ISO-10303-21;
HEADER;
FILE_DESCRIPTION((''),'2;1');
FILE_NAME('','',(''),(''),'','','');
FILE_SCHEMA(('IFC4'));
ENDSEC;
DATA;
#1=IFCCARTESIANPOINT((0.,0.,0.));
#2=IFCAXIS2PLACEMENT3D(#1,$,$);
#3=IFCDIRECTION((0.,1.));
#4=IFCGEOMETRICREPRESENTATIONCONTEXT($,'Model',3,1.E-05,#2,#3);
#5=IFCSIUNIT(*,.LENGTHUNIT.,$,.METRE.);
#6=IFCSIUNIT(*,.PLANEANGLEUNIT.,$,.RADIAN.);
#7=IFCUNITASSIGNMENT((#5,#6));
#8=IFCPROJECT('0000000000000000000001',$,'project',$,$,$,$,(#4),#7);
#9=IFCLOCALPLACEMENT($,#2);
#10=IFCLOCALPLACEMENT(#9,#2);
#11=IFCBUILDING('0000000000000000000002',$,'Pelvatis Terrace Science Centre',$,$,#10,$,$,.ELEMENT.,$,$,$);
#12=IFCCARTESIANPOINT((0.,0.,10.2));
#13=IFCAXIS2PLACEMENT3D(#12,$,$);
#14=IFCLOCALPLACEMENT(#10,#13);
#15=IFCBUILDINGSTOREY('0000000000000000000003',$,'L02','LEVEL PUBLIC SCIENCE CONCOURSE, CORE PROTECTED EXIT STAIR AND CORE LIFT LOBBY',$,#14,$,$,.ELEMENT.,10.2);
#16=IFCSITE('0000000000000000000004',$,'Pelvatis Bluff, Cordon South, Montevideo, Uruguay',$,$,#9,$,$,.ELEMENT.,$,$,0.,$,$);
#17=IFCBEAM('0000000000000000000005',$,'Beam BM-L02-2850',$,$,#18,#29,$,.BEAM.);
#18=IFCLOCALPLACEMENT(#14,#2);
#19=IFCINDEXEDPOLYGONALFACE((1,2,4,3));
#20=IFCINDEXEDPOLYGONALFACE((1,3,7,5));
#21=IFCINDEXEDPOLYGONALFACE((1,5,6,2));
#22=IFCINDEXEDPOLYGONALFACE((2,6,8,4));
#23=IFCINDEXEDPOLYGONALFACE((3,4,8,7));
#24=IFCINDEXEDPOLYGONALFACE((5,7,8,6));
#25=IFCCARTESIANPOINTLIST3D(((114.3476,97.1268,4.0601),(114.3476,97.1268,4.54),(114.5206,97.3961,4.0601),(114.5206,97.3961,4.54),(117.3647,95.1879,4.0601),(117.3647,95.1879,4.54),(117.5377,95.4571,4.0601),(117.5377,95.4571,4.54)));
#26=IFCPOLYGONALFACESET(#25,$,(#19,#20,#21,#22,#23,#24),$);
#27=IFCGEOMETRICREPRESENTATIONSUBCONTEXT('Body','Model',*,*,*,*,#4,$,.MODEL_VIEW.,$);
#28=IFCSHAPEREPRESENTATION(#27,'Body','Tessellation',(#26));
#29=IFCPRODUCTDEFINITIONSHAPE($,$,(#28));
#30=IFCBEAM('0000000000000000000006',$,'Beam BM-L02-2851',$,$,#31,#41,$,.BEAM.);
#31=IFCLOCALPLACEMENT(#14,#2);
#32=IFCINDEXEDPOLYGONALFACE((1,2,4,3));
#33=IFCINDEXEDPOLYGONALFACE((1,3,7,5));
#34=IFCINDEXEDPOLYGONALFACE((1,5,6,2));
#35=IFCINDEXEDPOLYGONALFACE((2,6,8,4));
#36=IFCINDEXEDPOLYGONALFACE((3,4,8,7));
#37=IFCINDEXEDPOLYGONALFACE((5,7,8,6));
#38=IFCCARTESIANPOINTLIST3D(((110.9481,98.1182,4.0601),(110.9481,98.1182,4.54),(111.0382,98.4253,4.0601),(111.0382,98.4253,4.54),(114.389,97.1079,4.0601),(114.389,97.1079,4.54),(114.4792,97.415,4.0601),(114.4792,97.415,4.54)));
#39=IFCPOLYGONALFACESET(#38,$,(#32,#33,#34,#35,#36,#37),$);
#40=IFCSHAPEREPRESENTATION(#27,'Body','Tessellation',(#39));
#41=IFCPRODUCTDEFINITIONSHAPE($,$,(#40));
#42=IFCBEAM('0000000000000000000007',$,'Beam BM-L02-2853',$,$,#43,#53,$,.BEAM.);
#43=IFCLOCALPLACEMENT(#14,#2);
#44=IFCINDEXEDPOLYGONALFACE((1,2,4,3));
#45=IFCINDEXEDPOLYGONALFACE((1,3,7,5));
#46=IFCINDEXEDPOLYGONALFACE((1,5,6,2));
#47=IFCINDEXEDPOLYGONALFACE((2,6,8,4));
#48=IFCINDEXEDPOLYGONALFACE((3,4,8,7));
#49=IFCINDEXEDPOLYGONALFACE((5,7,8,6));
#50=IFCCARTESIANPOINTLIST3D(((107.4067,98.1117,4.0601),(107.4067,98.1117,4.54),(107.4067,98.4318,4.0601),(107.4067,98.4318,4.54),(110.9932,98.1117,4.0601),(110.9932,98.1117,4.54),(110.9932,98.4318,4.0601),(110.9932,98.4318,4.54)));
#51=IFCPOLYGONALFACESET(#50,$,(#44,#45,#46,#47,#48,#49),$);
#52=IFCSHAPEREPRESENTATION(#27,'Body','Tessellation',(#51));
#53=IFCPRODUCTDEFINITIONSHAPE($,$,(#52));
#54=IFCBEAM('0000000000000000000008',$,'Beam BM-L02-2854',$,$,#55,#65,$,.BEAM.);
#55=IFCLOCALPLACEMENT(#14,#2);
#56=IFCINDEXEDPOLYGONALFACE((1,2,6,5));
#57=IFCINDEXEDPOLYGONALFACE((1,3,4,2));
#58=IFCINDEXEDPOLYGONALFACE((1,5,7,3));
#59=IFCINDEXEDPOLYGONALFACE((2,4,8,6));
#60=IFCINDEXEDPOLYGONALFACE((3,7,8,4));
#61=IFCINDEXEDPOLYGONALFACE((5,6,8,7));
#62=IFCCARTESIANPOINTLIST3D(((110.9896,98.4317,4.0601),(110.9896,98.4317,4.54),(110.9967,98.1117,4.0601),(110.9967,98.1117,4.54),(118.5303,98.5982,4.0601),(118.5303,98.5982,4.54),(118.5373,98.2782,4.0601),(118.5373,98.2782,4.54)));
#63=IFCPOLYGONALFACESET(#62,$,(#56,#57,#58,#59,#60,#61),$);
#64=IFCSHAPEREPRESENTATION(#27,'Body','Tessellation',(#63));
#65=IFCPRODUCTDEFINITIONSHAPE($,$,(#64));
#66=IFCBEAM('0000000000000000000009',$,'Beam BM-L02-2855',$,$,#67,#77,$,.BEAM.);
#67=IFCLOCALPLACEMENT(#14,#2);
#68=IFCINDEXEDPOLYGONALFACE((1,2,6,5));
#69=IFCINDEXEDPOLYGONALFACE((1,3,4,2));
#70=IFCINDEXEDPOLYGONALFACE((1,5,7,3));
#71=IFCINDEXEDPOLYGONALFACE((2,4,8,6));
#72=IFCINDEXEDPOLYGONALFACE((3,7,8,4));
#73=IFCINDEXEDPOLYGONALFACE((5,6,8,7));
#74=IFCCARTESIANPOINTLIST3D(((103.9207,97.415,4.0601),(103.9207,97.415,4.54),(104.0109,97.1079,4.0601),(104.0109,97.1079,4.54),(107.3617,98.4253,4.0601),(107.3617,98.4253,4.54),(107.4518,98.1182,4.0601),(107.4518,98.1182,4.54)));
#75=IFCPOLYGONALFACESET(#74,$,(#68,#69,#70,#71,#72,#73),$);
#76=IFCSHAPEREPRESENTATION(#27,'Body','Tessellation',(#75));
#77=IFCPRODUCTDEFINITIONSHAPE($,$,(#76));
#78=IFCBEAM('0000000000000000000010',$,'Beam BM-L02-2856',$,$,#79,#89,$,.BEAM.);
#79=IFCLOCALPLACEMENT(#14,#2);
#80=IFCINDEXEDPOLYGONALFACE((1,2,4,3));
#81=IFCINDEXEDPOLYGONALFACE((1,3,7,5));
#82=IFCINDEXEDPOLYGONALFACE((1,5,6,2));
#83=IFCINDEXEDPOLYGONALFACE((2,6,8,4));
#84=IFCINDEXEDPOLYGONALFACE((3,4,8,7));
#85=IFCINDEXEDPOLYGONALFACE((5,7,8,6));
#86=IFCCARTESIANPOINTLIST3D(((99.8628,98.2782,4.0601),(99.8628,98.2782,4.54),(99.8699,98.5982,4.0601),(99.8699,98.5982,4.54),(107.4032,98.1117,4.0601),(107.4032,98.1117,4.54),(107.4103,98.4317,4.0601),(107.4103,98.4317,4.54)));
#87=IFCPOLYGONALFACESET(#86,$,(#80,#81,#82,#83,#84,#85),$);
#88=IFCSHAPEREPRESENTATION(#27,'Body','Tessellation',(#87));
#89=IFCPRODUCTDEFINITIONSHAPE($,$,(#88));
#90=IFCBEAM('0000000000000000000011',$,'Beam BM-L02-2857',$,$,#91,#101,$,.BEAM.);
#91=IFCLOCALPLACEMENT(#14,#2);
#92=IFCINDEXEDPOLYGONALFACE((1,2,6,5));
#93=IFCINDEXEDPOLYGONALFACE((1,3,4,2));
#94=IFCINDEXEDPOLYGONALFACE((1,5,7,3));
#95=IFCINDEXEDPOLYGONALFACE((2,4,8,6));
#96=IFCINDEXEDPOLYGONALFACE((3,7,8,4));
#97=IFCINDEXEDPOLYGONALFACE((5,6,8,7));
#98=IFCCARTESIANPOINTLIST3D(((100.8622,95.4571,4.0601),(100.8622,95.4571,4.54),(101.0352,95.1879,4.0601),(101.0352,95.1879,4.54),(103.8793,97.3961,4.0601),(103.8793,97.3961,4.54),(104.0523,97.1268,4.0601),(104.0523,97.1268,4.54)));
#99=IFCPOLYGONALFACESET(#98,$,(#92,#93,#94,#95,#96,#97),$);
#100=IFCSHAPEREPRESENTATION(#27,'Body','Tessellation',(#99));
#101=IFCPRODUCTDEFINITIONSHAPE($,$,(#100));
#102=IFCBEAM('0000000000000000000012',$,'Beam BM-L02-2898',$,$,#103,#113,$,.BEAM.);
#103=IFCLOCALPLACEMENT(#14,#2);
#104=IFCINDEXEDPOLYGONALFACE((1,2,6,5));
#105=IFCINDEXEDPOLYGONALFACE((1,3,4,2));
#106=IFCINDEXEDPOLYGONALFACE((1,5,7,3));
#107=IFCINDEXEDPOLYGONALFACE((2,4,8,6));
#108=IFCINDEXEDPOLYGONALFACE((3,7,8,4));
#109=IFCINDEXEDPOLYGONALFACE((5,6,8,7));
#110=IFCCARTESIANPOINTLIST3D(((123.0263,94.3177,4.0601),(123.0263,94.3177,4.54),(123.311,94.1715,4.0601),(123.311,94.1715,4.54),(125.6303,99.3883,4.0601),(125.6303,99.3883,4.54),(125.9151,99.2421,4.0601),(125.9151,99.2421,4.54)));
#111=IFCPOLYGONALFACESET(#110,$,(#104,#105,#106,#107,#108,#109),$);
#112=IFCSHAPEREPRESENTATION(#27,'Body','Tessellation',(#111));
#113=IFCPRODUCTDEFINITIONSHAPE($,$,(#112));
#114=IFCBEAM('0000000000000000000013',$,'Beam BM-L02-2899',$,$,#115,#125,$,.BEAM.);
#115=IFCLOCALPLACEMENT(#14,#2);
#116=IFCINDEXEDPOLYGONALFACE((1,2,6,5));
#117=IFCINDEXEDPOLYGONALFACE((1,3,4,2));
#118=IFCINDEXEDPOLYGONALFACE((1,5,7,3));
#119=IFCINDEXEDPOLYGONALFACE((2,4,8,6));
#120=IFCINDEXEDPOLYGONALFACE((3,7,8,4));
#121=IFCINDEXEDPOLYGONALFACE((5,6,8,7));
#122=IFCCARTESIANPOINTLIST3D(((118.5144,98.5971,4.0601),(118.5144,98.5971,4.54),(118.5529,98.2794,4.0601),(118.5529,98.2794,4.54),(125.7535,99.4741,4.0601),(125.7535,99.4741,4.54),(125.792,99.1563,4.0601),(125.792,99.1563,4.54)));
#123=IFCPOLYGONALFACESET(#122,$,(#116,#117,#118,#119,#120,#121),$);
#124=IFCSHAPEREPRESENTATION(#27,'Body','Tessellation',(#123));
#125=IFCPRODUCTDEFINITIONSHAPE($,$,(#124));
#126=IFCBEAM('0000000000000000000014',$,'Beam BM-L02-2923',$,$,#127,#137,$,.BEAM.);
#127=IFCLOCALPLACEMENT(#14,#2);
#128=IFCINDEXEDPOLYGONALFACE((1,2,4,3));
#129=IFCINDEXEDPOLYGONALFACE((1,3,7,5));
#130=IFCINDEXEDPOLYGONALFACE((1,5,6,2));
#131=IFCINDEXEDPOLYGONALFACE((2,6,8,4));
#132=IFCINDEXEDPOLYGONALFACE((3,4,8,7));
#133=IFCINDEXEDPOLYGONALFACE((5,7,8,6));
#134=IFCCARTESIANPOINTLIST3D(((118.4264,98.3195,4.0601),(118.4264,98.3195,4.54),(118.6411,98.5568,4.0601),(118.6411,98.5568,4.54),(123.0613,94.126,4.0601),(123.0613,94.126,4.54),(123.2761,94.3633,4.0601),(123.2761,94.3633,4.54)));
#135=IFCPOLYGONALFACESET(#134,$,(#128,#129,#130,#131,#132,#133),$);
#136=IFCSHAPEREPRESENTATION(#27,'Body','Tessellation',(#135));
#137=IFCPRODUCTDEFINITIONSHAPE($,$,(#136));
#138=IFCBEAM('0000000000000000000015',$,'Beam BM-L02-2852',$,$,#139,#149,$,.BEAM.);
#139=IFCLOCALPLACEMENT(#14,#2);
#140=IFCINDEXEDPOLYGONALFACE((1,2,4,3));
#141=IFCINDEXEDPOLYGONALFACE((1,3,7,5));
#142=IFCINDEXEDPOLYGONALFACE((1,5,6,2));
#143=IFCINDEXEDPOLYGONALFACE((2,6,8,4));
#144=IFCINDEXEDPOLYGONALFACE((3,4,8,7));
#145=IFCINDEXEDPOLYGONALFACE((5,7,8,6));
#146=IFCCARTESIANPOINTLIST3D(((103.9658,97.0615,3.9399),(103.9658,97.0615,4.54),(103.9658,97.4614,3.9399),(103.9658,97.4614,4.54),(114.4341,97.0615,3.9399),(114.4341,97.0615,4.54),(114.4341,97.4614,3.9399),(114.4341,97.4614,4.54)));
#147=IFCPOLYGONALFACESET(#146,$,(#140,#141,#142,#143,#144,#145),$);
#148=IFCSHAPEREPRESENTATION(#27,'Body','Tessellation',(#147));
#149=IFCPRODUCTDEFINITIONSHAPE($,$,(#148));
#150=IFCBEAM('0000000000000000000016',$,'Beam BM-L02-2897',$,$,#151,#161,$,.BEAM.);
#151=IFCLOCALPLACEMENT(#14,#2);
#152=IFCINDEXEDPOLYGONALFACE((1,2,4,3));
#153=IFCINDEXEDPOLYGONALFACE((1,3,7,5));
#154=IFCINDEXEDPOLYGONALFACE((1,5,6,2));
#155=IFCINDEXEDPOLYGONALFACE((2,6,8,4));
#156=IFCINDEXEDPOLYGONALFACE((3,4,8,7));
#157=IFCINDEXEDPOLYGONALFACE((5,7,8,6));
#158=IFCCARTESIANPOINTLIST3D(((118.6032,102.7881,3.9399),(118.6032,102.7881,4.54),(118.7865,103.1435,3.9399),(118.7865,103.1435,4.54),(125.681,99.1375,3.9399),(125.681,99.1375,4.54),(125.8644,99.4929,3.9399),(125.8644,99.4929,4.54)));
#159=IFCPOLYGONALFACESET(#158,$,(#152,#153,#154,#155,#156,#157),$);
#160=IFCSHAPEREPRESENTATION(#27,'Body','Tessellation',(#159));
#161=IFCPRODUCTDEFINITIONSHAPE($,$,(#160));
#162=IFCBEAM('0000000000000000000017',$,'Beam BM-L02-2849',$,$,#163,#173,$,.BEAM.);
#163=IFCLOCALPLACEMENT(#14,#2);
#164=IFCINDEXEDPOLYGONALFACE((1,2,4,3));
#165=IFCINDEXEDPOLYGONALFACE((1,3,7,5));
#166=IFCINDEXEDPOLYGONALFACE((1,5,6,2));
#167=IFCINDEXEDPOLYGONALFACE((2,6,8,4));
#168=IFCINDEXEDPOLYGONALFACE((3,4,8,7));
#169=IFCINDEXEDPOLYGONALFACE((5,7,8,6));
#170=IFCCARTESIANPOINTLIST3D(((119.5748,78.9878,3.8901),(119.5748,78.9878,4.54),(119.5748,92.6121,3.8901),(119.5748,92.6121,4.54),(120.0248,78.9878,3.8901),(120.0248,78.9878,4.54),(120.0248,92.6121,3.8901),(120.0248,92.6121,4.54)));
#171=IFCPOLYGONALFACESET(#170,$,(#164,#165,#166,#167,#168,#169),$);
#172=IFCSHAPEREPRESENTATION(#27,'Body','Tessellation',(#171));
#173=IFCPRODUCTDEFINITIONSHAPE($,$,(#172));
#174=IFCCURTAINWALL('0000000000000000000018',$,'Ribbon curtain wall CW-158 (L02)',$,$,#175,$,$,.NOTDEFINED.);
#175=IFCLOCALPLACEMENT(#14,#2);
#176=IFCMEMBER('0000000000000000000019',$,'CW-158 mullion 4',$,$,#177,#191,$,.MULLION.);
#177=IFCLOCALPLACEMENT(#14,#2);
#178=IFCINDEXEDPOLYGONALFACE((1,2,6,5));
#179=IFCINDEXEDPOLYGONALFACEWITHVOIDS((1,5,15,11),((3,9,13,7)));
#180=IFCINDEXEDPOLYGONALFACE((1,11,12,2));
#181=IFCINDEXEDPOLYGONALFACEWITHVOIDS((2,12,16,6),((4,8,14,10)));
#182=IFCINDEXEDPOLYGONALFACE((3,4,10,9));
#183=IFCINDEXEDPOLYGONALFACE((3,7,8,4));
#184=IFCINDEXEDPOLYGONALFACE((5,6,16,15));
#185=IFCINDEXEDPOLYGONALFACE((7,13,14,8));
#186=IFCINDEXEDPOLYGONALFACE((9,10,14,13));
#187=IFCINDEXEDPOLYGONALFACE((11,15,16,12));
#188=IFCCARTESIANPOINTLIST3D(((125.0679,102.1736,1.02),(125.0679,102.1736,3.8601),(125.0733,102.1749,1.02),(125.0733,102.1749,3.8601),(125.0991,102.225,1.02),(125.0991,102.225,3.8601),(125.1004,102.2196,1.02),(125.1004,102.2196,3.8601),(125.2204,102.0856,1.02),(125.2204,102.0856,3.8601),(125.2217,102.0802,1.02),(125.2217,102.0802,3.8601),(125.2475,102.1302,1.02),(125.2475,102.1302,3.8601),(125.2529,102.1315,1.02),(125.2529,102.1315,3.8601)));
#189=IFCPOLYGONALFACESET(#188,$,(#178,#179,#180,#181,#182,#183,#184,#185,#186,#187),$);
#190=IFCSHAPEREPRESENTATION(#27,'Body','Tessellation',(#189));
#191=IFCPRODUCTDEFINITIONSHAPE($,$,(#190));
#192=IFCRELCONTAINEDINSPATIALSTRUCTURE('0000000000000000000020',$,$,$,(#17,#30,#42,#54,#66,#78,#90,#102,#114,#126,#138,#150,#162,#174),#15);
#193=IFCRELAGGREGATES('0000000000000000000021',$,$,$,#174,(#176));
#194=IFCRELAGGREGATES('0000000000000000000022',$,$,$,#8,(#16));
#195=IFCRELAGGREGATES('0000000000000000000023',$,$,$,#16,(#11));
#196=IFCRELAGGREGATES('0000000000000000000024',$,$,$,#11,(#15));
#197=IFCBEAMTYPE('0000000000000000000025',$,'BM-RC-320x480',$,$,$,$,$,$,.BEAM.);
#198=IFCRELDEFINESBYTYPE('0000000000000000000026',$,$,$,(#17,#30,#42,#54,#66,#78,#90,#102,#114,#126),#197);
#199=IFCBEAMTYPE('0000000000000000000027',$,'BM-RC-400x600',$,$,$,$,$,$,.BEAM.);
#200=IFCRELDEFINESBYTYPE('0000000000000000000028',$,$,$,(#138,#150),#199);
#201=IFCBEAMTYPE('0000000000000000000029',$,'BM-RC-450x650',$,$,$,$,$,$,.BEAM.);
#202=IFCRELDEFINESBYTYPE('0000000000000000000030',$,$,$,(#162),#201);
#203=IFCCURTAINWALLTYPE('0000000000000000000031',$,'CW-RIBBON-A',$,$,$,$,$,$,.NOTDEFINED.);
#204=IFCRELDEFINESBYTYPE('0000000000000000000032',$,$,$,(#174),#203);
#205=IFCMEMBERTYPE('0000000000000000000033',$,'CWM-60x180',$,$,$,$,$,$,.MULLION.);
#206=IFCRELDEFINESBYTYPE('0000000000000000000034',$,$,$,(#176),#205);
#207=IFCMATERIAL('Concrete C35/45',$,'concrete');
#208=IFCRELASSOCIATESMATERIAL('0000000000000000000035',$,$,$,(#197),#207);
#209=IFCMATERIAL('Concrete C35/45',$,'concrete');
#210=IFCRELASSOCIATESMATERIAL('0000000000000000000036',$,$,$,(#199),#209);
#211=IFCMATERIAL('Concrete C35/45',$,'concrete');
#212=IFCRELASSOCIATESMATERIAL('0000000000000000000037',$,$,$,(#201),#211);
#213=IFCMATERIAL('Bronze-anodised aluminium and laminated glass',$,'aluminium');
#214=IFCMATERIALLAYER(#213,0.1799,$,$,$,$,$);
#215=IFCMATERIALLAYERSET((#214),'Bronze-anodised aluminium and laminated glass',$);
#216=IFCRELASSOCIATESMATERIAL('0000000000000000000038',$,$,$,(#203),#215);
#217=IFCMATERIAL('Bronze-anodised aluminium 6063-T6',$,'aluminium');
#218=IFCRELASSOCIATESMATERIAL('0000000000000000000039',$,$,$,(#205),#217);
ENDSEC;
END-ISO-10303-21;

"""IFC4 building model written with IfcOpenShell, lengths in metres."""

from ifc_helpers import new_model, si_unit, direction, frame, origin, origin_2d, place, context, subcontext, project, spatial, rectangle, hollow_rectangle, extrude, material, layer, layer_set, material_profile, profile_set, type_object, element, aggregate, save


model = new_model("IFC4")

# Units and contexts
model_context = context("Model", 3, precision=1e-05, world=origin(), true_north=direction((0.0, 1.0)))
body_context = subcontext(model_context, "Body", "Model", "MODEL_VIEW")
ifc_project = project(units=[si_unit("LENGTHUNIT", "METRE"), si_unit("PLANEANGLEUNIT", "RADIAN")], contexts=[model_context])

# Site, building, storey
site_placement = place(None, origin())
site = spatial("IfcSite", under=ifc_project, at=site_placement, Name="Pelvatis Bluff, Cordon South, Montevideo, Uruguay", CompositionType="ELEMENT", RefElevation=0.0)
building_placement = place(site_placement, origin())
building = spatial("IfcBuilding", under=site, at=building_placement, Name="Pelvatis Terrace Science Centre", CompositionType="ELEMENT")
storey_placement = place(building_placement, frame((0.0, 0.0, 10.2)))
storey = spatial("IfcBuildingStorey", under=building, at=storey_placement, Name="L02", Description="LEVEL PUBLIC SCIENCE CONCOURSE, CORE PROTECTED EXIT STAIR AND CORE LIFT LOBBY", CompositionType="ELEMENT", Elevation=10.2)

# Beams
ifc_material_1 = material(Name="Concrete C35/45", Category="concrete")
ifc_material_profile_1 = material_profile(ifc_material_1, rectangle(XDim=0.3201, YDim=0.48, at=origin_2d()), Name="RC-BM 320x480")
ifc_profile_set_1 = profile_set([ifc_material_profile_1], Name="Concrete C35/45")
beam_type_1 = type_object("IfcBeamType", Name="BM-RC-320x480", PredefinedType="BEAM", material=ifc_profile_set_1)
beam_1_placement = place(storey_placement, frame((117.4512, 95.3225, 4.3), z_axis=(-0.841254, 0.540641, 0.0), x_axis=(-0.540641, -0.841254, 0.0)))
element("IfcBeam", 1, at=beam_1_placement, inside=storey, type_object=beam_type_1, Name="Beam BM-L02-2850", PredefinedType="BEAM", context=body_context, shape_type="SweptSolid", body=[
    extrude(rectangle(XDim=0.3201, YDim=0.48, at=origin_2d()), origin(), (0.0, 0.0, 1.0), 3.5864),
])
beam_2_placement = place(storey_placement, frame((114.4341, 97.2615, 4.3), z_axis=(-0.9595, 0.281709, 0.0), x_axis=(-0.281709, -0.9595, 0.0)))
element("IfcBeam", 2, at=beam_2_placement, inside=storey, type_object=beam_type_1, Name="Beam BM-L02-2851", PredefinedType="BEAM", context=body_context, shape_type="SweptSolid", body=[
    extrude(rectangle(XDim=0.3201, YDim=0.48, at=origin_2d()), origin(), (0.0, 0.0, 1.0), 3.5862),
])
beam_3_placement = place(storey_placement, frame((110.9932, 98.2717, 4.3), z_axis=(-1.0, 0.0, 0.0), x_axis=(0.0, -1.0, 0.0)))
element("IfcBeam", 3, at=beam_3_placement, inside=storey, type_object=beam_type_1, Name="Beam BM-L02-2853", PredefinedType="BEAM", context=body_context, shape_type="SweptSolid", body=[
    extrude(rectangle(XDim=0.3201, YDim=0.48, at=origin_2d()), origin(), (0.0, 0.0, 1.0), 3.5864),
])
beam_4_placement = place(storey_placement, frame((110.9932, 98.2717, 4.3), z_axis=(0.999756, 0.022076, 0.0), x_axis=(-0.022076, 0.999756, 0.0)))
element("IfcBeam", 4, at=beam_4_placement, inside=storey, type_object=beam_type_1, Name="Beam BM-L02-2854", PredefinedType="BEAM", context=body_context, shape_type="SweptSolid", body=[
    extrude(rectangle(XDim=0.3201, YDim=0.48, at=origin_2d()), origin(), (0.0, 0.0, 1.0), 7.5425),
])
beam_5_placement = place(storey_placement, frame((107.4067, 98.2717, 4.3), z_axis=(-0.9595, -0.281709, 0.0), x_axis=(0.281709, -0.9595, 0.0)))
element("IfcBeam", 5, at=beam_5_placement, inside=storey, type_object=beam_type_1, Name="Beam BM-L02-2855", PredefinedType="BEAM", context=body_context, shape_type="SweptSolid", body=[
    extrude(rectangle(XDim=0.3201, YDim=0.48, at=origin_2d()), origin(), (0.0, 0.0, 1.0), 3.5862),
])
beam_6_placement = place(storey_placement, frame((107.4067, 98.2717, 4.3), z_axis=(-0.999756, 0.022077, 0.0), x_axis=(-0.022077, -0.999756, 0.0)))
element("IfcBeam", 6, at=beam_6_placement, inside=storey, type_object=beam_type_1, Name="Beam BM-L02-2856", PredefinedType="BEAM", context=body_context, shape_type="SweptSolid", body=[
    extrude(rectangle(XDim=0.3201, YDim=0.48, at=origin_2d()), origin(), (0.0, 0.0, 1.0), 7.5422),
])
beam_7_placement = place(storey_placement, frame((103.9658, 97.2615, 4.3), z_axis=(-0.841254, -0.540641, 0.0), x_axis=(0.540641, -0.841254, 0.0)))
element("IfcBeam", 7, at=beam_7_placement, inside=storey, type_object=beam_type_1, Name="Beam BM-L02-2857", PredefinedType="BEAM", context=body_context, shape_type="SweptSolid", body=[
    extrude(rectangle(XDim=0.3201, YDim=0.48, at=origin_2d()), origin(), (0.0, 0.0, 1.0), 3.5864),
])
beam_8_placement = place(storey_placement, frame((125.7727, 99.3152, 4.3), z_axis=(-0.456833, -0.889552, 0.0), x_axis=(0.889552, -0.456833, 0.0)))
element("IfcBeam", 8, at=beam_8_placement, inside=storey, type_object=beam_type_1, Name="Beam BM-L02-2898", PredefinedType="BEAM", context=body_context, shape_type="SweptSolid", body=[
    extrude(rectangle(XDim=0.3201, YDim=0.48, at=origin_2d()), origin(), (0.0, 0.0, 1.0), 5.7002),
])
beam_9_placement = place(storey_placement, frame((125.7727, 99.3152, 4.3), z_axis=(-0.992742, -0.120263, 0.0), x_axis=(0.120263, -0.992742, 0.0)))
element("IfcBeam", 9, at=beam_9_placement, inside=storey, type_object=beam_type_1, Name="Beam BM-L02-2899", PredefinedType="BEAM", context=body_context, shape_type="SweptSolid", body=[
    extrude(rectangle(XDim=0.3201, YDim=0.48, at=origin_2d()), origin(), (0.0, 0.0, 1.0), 7.292),
])
beam_10_placement = place(storey_placement, frame((123.1687, 94.2446, 4.3), z_axis=(-0.741534, 0.670915, 0.0), x_axis=(-0.670915, -0.741534, 0.0)))
element("IfcBeam", 10, at=beam_10_placement, inside=storey, type_object=beam_type_1, Name="Beam BM-L02-2923", PredefinedType="BEAM", context=body_context, shape_type="SweptSolid", body=[
    extrude(rectangle(XDim=0.3201, YDim=0.48, at=origin_2d()), origin(), (0.0, 0.0, 1.0), 6.2505),
])
ifc_material_2 = material(Name="Concrete C35/45", Category="concrete")
ifc_material_profile_2 = material_profile(ifc_material_2, rectangle(XDim=0.3999, YDim=0.6001, at=origin_2d()), Name="RC-BM 400x600")
ifc_profile_set_2 = profile_set([ifc_material_profile_2], Name="Concrete C35/45")
beam_type_2 = type_object("IfcBeamType", Name="BM-RC-400x600", PredefinedType="BEAM", material=ifc_profile_set_2)
beam_11_placement = place(storey_placement, frame((114.4341, 97.2615, 4.24), z_axis=(-1.0, 0.0, 0.0), x_axis=(0.0, -1.0, 0.0)))
element("IfcBeam", 11, at=beam_11_placement, inside=storey, type_object=beam_type_2, Name="Beam BM-L02-2852", PredefinedType="BEAM", context=body_context, shape_type="SweptSolid", body=[
    extrude(rectangle(XDim=0.3999, YDim=0.6001, at=origin_2d()), origin(), (0.0, 0.0, 1.0), 10.4683),
])
beam_12_placement = place(storey_placement, frame((125.7727, 99.3152, 4.24), z_axis=(-0.888747, 0.458398, 0.0), x_axis=(-0.458398, -0.888747, 0.0)))
element("IfcBeam", 12, at=beam_12_placement, inside=storey, type_object=beam_type_2, Name="Beam BM-L02-2897", PredefinedType="BEAM", context=body_context, shape_type="SweptSolid", body=[
    extrude(rectangle(XDim=0.3999, YDim=0.6001, at=origin_2d()), origin(), (0.0, 0.0, 1.0), 7.9639),
])
ifc_material_3 = material(Name="Concrete C35/45", Category="concrete")
ifc_material_profile_3 = material_profile(ifc_material_3, rectangle(XDim=0.45, YDim=0.6499, at=origin_2d()), Name="RC-BM 450x650")
ifc_profile_set_3 = profile_set([ifc_material_profile_3], Name="Concrete C35/45")
beam_type_3 = type_object("IfcBeamType", Name="BM-RC-450x650", PredefinedType="BEAM", material=ifc_profile_set_3)
beam_13_placement = place(storey_placement, frame((119.7998, 92.6121, 4.2151), z_axis=(0.0, -1.0, 0.0), x_axis=(1.0, 0.0, 0.0)))
element("IfcBeam", 13, at=beam_13_placement, inside=storey, type_object=beam_type_3, Name="Beam BM-L02-2849", PredefinedType="BEAM", context=body_context, shape_type="SweptSolid", body=[
    extrude(rectangle(XDim=0.45, YDim=0.6499, at=origin_2d()), origin(), (0.0, 0.0, 1.0), 13.6243),
])

# Curtain wall, member
ifc_material_4 = material(Name="Bronze-anodised aluminium and laminated glass", Category="aluminium")
ifc_layer_1 = layer(ifc_material_4, 0.1799)
ifc_layer_set_1 = layer_set([ifc_layer_1], Name="Bronze-anodised aluminium and laminated glass")
curtain_wall_type = type_object("IfcCurtainWallType", Name="CW-RIBBON-A", PredefinedType="NOTDEFINED", material=ifc_layer_set_1)
curtain_wall_placement = place(storey_placement, origin())
curtain_wall = element("IfcCurtainWall", 14, at=curtain_wall_placement, inside=storey, type_object=curtain_wall_type, Name="Ribbon curtain wall CW-158 (L02)", PredefinedType="NOTDEFINED")
ifc_material_5 = material(Name="Bronze-anodised aluminium 6063-T6", Category="aluminium")
ifc_material_profile_4 = material_profile(ifc_material_5, hollow_rectangle(XDim=0.0601, YDim=0.1799, WallThickness=0.0039, at=origin_2d()), Name="ALU-MUL 60x180")
ifc_profile_set_4 = profile_set([ifc_material_profile_4], Name="Bronze-anodised aluminium 6063-T6")
member_type_1 = type_object("IfcMemberType", Name="CWM-60x180", PredefinedType="MULLION", material=ifc_profile_set_4)
member_1_placement = place(storey_placement, frame((125.1604, 102.1526, 1.02), z_axis=(0.0, 0.0, 1.0), x_axis=(-0.51919, -0.854659, 0.0)))
member_1 = element("IfcMember", 15, at=member_1_placement, type_object=member_type_1, Name="CW-158 mullion 4", PredefinedType="MULLION", context=body_context, shape_type="SweptSolid", body=[
    extrude(hollow_rectangle(XDim=0.0601, YDim=0.1799, WallThickness=0.0039, at=origin_2d()), origin(), (0.0, 0.0, 1.0), 2.8401),
])
aggregate(curtain_wall, [member_1])

save(model, "model.ifc")
